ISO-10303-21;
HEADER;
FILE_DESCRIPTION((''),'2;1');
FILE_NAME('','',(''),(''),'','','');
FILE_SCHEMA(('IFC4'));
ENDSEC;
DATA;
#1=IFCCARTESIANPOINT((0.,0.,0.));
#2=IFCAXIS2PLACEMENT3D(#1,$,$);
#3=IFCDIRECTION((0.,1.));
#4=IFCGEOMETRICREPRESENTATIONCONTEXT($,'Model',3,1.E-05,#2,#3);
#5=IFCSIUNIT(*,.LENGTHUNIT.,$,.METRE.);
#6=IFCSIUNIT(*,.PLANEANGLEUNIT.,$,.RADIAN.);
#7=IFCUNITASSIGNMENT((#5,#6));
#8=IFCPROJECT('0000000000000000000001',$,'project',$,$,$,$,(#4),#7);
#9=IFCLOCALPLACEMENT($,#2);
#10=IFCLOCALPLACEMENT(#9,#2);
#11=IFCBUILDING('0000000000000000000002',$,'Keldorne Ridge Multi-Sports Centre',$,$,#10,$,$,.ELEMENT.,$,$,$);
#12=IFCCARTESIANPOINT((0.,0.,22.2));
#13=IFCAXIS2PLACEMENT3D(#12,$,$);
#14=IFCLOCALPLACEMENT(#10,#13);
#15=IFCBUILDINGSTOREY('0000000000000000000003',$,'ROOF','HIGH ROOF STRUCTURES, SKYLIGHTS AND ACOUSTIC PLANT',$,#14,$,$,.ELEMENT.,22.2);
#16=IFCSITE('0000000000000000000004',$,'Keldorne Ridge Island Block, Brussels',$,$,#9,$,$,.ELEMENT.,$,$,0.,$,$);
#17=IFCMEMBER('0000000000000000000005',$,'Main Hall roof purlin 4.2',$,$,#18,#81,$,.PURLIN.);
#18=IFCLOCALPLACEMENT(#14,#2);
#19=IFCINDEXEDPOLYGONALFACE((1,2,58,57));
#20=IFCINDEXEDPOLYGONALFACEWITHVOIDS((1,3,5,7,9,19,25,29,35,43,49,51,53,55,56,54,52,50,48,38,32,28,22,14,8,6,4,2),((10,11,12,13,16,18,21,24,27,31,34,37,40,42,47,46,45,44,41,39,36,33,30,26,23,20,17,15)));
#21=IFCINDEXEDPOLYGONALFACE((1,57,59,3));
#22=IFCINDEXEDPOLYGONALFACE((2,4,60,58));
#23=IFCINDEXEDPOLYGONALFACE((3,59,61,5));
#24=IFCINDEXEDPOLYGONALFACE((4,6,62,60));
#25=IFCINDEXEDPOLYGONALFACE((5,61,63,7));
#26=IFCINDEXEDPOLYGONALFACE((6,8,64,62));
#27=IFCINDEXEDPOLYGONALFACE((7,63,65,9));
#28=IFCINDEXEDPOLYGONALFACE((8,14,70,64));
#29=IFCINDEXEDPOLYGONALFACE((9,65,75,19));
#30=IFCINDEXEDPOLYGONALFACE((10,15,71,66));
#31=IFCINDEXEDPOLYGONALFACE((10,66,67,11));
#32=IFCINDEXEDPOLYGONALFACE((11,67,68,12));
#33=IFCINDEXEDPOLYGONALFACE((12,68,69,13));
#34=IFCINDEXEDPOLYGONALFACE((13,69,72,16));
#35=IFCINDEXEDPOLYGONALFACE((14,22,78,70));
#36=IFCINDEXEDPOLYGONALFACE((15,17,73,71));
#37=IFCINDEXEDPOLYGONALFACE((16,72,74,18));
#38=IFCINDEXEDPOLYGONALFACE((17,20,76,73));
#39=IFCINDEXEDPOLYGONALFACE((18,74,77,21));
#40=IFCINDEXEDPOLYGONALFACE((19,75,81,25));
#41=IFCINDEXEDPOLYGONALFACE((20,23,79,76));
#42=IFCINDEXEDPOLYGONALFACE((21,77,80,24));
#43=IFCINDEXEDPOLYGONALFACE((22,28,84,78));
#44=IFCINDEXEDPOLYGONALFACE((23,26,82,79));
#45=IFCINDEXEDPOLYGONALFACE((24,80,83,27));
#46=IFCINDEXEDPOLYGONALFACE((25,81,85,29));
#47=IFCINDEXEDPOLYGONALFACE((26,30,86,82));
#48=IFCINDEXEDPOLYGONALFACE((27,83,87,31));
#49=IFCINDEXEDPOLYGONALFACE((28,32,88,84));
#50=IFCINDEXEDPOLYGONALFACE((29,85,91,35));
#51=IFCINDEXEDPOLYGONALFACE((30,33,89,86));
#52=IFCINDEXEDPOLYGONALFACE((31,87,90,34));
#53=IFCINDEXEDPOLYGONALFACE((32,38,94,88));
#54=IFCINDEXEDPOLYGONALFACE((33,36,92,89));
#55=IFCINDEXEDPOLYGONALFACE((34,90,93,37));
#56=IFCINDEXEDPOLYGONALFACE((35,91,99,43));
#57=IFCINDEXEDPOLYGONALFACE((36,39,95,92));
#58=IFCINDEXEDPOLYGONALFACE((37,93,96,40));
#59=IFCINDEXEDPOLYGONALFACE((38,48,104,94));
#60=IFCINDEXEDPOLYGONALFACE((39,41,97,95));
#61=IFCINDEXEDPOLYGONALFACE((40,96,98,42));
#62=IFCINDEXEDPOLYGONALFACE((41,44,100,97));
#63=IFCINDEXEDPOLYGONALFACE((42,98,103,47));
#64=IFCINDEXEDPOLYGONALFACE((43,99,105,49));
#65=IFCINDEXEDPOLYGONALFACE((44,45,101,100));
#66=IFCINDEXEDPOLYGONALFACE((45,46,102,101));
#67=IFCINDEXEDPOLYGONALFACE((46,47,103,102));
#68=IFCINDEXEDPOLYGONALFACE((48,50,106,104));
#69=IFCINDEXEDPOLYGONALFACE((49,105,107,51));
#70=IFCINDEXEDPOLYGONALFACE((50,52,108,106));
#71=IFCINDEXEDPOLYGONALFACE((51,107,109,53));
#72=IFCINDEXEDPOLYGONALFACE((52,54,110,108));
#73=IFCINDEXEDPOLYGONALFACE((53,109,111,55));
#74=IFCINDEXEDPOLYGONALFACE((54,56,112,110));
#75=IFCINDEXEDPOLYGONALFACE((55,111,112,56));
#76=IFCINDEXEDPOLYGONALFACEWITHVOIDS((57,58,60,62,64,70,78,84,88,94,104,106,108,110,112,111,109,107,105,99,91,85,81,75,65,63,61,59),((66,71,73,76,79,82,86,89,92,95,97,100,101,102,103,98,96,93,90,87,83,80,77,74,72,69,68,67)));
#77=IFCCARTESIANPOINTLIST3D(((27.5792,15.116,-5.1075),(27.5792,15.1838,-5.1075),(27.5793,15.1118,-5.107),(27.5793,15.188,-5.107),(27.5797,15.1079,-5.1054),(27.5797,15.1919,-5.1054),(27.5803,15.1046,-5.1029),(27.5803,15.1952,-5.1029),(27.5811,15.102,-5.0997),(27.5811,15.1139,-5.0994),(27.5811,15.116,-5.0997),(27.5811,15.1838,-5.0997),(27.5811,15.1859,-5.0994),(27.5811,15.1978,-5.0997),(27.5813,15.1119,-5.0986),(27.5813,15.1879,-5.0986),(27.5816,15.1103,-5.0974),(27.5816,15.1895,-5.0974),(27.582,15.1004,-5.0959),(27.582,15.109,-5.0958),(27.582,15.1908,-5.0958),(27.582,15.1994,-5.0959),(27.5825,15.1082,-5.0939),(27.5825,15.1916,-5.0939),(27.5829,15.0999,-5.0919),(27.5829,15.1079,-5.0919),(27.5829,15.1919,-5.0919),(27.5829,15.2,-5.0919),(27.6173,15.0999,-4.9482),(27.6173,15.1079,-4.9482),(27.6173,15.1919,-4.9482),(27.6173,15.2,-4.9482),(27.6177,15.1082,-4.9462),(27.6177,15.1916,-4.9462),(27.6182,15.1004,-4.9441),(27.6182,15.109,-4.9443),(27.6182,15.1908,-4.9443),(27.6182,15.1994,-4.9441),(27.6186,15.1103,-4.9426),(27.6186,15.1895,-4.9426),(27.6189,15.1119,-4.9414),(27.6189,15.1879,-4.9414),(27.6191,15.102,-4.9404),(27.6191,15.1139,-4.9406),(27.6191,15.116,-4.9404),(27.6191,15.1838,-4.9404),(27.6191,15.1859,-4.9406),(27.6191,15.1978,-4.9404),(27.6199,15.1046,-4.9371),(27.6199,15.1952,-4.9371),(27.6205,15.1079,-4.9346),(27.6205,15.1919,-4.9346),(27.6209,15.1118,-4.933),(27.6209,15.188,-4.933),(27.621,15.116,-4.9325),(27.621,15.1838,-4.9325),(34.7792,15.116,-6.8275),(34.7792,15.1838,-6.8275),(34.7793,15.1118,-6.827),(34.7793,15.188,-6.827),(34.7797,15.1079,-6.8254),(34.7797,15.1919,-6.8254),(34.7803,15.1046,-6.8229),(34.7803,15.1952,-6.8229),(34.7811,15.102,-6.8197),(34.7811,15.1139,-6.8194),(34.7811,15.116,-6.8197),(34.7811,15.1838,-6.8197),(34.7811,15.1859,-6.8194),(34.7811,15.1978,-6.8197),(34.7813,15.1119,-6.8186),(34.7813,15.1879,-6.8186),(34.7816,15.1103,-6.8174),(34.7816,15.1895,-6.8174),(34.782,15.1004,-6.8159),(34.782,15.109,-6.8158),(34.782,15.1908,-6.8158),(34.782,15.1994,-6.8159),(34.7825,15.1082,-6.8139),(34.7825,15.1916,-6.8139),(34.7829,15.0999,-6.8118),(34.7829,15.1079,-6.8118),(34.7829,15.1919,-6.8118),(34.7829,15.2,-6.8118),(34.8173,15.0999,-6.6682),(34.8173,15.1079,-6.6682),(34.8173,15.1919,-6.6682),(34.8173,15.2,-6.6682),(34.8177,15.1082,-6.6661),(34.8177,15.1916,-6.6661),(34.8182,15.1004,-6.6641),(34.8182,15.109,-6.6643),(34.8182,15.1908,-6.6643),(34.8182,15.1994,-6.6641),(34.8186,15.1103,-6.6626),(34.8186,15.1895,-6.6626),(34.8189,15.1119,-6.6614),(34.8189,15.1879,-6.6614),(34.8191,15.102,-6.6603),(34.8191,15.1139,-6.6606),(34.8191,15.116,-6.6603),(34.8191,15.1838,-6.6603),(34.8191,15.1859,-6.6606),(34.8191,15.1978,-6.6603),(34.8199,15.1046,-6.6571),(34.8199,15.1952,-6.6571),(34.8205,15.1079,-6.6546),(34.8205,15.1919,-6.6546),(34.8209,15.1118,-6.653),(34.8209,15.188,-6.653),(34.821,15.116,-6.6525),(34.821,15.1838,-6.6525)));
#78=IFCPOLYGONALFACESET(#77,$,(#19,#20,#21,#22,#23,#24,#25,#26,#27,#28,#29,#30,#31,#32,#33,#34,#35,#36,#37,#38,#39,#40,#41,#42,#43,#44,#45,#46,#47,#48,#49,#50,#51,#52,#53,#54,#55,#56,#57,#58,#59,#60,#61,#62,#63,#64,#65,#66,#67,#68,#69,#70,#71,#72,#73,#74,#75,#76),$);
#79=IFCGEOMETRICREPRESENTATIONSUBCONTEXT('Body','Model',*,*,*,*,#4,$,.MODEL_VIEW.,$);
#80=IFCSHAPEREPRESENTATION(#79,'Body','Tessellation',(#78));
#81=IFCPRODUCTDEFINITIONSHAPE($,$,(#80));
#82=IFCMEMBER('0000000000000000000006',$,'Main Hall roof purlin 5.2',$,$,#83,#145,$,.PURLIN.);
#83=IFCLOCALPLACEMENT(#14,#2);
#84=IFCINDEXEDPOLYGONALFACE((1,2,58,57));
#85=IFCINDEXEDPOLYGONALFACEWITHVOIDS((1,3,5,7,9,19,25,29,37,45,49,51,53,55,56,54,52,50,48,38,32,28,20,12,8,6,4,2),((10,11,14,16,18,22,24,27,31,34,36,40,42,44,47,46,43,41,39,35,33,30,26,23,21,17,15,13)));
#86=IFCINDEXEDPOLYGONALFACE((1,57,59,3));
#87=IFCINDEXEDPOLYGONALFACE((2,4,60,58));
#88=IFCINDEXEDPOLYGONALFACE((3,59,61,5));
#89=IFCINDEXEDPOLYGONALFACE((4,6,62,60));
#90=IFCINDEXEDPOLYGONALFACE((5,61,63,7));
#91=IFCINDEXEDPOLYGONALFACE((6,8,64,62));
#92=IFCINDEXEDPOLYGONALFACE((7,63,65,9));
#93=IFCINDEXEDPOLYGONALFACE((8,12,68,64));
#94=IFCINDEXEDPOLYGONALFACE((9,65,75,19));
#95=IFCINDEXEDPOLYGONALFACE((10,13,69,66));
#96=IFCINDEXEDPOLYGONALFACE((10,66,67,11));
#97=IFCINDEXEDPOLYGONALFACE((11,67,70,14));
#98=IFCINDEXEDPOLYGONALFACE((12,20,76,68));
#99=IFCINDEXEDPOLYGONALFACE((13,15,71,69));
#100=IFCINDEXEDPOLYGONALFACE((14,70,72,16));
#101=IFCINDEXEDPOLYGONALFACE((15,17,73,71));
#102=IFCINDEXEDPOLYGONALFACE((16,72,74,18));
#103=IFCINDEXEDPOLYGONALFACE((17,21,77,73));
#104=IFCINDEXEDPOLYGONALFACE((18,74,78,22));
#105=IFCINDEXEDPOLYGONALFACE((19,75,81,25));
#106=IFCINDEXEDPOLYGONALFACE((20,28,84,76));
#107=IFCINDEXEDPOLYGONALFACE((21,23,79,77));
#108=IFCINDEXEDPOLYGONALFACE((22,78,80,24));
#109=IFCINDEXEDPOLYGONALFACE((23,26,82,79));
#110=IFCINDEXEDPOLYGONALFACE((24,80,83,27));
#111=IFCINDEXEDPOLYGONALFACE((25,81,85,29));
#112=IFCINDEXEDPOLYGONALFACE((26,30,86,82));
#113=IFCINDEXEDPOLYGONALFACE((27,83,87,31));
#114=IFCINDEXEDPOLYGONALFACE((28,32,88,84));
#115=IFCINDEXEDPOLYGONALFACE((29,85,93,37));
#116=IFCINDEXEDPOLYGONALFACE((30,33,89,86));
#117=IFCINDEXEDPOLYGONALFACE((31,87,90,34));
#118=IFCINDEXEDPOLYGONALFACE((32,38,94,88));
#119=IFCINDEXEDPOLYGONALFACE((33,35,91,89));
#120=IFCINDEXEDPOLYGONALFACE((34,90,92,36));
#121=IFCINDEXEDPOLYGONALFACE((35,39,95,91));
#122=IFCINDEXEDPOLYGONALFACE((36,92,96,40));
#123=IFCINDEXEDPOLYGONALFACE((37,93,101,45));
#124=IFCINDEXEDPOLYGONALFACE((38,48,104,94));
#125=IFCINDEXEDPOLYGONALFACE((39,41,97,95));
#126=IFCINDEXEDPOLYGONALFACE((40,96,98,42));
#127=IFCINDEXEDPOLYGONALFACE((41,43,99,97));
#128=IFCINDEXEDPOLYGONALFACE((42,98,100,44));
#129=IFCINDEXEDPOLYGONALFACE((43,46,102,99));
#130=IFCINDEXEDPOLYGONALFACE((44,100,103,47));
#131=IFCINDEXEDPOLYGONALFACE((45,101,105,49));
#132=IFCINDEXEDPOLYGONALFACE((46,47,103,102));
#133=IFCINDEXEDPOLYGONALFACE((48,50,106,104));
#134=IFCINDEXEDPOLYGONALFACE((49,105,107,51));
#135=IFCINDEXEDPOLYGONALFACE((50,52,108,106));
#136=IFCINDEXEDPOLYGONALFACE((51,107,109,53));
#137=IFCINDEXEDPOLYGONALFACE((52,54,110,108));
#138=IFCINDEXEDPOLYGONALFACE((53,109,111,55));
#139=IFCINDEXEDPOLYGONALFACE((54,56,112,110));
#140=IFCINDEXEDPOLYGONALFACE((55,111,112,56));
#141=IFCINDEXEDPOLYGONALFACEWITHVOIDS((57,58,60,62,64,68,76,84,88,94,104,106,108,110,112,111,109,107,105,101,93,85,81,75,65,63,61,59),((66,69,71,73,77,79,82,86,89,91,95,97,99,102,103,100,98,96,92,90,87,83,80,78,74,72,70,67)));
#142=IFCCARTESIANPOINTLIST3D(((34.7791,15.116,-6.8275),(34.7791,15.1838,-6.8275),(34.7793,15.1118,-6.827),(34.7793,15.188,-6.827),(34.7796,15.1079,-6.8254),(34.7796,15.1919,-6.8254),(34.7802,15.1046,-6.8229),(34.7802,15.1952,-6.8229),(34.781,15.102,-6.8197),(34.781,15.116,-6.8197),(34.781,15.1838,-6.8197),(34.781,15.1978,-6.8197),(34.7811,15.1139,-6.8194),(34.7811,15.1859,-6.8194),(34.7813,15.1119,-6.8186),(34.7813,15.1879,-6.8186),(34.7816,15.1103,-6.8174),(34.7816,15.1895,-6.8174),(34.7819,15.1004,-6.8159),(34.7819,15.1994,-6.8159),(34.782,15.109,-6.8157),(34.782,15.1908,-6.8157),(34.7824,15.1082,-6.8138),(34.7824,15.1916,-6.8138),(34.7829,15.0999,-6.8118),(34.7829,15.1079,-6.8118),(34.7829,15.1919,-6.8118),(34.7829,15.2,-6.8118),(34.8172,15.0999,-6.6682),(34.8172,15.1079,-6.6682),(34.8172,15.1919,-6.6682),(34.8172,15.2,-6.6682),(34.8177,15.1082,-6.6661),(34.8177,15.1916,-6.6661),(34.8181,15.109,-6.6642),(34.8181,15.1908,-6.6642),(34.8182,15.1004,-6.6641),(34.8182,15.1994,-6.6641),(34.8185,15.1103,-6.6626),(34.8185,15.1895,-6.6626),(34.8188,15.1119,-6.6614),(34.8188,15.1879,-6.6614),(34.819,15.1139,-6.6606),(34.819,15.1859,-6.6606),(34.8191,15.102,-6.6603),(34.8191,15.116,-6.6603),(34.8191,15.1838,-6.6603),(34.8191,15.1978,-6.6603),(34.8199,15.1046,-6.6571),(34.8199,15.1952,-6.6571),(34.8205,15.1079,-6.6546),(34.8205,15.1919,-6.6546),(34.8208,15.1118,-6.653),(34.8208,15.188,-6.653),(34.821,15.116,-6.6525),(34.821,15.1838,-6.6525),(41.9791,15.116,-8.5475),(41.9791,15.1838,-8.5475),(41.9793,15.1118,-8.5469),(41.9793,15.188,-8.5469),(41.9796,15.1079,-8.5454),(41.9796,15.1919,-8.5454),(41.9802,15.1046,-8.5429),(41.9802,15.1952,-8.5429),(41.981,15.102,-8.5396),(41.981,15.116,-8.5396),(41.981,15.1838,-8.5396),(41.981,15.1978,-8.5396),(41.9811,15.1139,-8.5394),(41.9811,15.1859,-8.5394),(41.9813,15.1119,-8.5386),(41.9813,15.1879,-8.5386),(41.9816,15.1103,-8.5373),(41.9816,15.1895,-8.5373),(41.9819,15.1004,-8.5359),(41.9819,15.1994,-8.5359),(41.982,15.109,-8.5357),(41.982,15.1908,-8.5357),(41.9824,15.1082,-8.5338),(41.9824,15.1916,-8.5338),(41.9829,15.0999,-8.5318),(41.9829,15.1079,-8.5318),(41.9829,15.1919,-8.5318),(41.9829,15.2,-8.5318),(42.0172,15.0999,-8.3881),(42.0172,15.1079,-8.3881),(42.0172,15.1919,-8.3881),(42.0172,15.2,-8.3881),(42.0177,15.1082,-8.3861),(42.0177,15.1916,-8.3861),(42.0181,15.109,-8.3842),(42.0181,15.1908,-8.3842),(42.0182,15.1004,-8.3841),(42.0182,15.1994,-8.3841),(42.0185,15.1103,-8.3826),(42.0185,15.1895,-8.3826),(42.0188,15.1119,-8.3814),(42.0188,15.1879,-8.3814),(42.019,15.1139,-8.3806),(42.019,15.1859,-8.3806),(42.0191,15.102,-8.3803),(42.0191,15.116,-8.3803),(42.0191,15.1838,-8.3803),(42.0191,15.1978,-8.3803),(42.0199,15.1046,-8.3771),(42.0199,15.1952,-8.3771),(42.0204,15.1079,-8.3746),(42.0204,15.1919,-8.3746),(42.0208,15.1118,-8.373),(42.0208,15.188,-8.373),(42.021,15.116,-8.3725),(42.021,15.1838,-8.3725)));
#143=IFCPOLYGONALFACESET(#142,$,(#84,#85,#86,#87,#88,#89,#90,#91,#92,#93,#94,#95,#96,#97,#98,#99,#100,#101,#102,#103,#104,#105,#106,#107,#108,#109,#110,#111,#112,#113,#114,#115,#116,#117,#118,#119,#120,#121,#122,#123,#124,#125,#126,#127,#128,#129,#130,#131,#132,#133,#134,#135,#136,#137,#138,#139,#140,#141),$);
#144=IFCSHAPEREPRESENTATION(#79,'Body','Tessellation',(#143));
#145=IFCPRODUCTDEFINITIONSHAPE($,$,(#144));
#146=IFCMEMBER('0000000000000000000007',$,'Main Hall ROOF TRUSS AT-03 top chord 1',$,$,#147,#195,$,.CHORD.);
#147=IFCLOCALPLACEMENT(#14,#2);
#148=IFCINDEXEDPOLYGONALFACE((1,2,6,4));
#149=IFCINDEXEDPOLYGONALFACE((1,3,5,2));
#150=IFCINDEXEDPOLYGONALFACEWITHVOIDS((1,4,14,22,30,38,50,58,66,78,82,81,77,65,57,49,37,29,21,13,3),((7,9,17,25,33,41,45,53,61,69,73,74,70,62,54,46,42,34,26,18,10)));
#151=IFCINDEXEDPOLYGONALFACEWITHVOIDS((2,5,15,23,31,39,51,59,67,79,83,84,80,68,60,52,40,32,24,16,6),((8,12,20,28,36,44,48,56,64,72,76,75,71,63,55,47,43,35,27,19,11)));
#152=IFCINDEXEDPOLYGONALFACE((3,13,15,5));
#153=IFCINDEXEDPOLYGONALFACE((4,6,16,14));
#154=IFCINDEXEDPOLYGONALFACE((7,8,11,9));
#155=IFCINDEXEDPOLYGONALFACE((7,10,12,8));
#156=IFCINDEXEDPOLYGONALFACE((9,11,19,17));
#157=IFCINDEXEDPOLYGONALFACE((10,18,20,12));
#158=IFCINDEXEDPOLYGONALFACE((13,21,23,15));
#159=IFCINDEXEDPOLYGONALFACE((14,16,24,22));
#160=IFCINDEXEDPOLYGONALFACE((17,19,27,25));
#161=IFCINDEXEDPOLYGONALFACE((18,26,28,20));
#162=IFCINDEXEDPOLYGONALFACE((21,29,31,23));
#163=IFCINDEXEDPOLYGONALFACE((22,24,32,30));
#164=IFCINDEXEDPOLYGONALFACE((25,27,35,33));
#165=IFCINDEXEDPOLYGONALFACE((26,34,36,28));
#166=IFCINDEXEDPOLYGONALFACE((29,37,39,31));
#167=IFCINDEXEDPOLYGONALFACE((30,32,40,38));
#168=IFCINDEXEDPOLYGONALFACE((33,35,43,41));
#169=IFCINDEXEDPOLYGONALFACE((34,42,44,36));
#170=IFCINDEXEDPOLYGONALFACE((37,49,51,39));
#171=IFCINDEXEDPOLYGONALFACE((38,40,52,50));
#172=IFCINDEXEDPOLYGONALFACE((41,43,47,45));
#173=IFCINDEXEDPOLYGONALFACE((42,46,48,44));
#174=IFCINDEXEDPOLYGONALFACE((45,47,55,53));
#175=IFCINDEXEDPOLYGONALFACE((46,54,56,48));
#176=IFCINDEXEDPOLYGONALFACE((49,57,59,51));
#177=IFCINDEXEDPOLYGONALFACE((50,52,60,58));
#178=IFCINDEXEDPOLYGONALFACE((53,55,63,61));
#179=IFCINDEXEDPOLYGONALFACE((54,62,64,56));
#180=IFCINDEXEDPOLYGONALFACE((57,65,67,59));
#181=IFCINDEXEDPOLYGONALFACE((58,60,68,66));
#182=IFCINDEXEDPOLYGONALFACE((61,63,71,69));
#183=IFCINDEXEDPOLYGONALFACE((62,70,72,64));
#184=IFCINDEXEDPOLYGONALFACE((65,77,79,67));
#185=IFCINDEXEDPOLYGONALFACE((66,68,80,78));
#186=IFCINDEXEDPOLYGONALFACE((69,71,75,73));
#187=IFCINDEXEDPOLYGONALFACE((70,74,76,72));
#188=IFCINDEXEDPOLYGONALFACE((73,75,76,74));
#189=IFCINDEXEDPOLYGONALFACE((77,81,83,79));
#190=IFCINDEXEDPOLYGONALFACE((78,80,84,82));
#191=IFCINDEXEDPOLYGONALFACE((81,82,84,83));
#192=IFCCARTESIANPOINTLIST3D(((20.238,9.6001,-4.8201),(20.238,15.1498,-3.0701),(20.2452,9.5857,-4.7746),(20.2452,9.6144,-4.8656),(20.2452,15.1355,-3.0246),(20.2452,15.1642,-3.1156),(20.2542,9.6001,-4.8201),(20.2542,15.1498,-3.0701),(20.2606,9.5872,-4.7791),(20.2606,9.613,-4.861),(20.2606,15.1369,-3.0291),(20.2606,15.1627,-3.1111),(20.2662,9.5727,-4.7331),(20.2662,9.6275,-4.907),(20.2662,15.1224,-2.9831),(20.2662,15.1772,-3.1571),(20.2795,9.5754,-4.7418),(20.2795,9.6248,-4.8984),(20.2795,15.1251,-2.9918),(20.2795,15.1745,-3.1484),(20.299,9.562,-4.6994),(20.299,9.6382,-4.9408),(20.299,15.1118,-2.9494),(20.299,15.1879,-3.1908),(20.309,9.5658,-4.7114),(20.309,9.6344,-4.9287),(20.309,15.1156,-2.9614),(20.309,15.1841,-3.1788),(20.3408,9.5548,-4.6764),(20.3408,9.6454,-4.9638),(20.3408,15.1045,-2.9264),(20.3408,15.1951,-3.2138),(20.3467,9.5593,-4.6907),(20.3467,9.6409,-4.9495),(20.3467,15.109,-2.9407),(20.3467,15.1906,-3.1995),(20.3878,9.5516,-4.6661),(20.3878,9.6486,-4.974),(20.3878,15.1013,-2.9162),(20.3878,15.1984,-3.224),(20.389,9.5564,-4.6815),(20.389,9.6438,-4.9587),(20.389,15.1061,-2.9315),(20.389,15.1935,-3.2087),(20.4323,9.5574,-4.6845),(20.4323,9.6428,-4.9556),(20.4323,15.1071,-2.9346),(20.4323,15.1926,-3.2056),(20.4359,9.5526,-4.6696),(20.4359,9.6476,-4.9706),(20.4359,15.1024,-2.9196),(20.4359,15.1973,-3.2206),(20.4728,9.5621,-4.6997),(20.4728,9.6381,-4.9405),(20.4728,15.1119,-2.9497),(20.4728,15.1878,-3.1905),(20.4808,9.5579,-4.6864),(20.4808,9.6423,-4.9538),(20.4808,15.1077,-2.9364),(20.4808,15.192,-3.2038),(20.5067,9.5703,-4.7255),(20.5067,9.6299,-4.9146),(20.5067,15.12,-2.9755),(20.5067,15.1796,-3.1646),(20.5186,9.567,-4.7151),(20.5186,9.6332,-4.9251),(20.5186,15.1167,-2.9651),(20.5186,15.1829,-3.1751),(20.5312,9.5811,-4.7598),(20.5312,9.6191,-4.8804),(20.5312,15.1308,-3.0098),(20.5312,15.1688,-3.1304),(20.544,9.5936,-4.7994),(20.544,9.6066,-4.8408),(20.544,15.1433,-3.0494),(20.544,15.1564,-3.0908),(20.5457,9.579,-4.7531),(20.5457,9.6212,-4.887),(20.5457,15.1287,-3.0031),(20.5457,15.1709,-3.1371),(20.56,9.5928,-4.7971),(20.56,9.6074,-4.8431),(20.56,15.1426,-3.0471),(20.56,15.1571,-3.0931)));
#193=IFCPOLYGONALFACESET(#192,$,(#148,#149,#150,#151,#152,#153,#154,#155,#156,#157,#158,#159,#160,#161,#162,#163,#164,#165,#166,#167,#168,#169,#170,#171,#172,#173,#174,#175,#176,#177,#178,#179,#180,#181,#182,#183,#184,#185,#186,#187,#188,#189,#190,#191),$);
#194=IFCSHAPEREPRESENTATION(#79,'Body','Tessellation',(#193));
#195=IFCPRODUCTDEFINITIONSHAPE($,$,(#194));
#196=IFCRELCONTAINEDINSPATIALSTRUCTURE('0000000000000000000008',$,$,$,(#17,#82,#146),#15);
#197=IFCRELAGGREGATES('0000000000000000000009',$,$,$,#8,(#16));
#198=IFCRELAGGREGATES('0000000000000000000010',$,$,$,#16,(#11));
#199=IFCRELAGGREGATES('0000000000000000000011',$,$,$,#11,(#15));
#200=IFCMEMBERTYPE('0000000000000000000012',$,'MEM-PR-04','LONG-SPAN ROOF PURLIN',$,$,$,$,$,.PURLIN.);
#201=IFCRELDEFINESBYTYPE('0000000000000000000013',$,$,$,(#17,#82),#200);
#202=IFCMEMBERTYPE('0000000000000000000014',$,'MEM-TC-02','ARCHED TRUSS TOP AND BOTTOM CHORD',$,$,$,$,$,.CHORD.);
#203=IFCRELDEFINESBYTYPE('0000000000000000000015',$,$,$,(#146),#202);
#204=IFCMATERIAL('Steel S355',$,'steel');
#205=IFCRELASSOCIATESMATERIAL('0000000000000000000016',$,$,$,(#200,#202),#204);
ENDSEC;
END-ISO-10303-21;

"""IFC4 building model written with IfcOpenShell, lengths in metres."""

from ifc_helpers import new_model, si_unit, direction, frame, origin, origin_2d, place, context, subcontext, project, spatial, hollow_rectangle, hollow_circle, extrude, material, material_profile, profile_set, type_object, element, save


model = new_model("IFC4")

# Units and contexts
model_context = context("Model", 3, precision=1e-05, world=origin(), true_north=direction((0.0, 1.0)))
body_context = subcontext(model_context, "Body", "Model", "MODEL_VIEW")
ifc_project = project(units=[si_unit("LENGTHUNIT", "METRE"), si_unit("PLANEANGLEUNIT", "RADIAN")], contexts=[model_context])

# Site, building, storey
site_placement = place(None, origin())
site = spatial("IfcSite", under=ifc_project, at=site_placement, Name="Keldorne Ridge Island Block, Brussels", CompositionType="ELEMENT", RefElevation=0.0)
building_placement = place(site_placement, origin())
building = spatial("IfcBuilding", under=site, at=building_placement, Name="Keldorne Ridge Multi-Sports Centre", CompositionType="ELEMENT")
storey_placement = place(building_placement, frame((0.0, 0.0, 22.2)))
storey = spatial("IfcBuildingStorey", under=building, at=storey_placement, Name="ROOF", Description="HIGH ROOF STRUCTURES, SKYLIGHTS AND ACOUSTIC PLANT", CompositionType="ELEMENT", Elevation=22.2)

# Members
ifc_material = material(Name="Steel S355", Category="steel")
ifc_material_profile_1 = material_profile(ifc_material, hollow_rectangle(XDim=0.1001, YDim=0.1799, WallThickness=0.0081, InnerFilletRadius=0.0081, OuterFilletRadius=0.0161, at=origin_2d()), Name="RHS 180x100x8")
ifc_profile_set_1 = profile_set([ifc_material_profile_1], Name="Steel S355")
member_type_1 = type_object("IfcMemberType", Name="MEM-PR-04", Description="LONG-SPAN ROOF PURLIN", PredefinedType="PURLIN", material=ifc_profile_set_1)
for number, where, z_axis, x_axis, name in (
    (1, (27.6001, 15.1499, -5.02), (0.972633, 0.0, -0.232349), (0.0, 1.0, 0.0), "Main Hall roof purlin 4.2"),
    (2, (34.8, 15.1499, -6.74), (0.972633, 0.0, -0.232349), (0.0, 1.0, 0.0), "Main Hall roof purlin 5.2"),
):
    element("IfcMember", number, at=place(storey_placement, frame(where, z_axis=z_axis, x_axis=x_axis)), inside=storey, type_object=member_type_1, Name=name, PredefinedType="PURLIN", context=body_context, shape_type="SweptSolid", body=[
        extrude(hollow_rectangle(XDim=0.1001, YDim=0.1799, WallThickness=0.0081, InnerFilletRadius=0.0081, OuterFilletRadius=0.0161, at=origin_2d()), origin(), (0.0, 0.0, 1.0), 7.4026),
    ])
ifc_material_profile_2 = material_profile(ifc_material, hollow_circle(Radius=0.1619, WallThickness=0.0161, at=origin_2d()), Name="CHS 323.9x16")
ifc_profile_set_2 = profile_set([ifc_material_profile_2], Name="Steel S355")
member_type_2 = type_object("IfcMemberType", Name="MEM-TC-02", Description="ARCHED TRUSS TOP AND BOTTOM CHORD", PredefinedType="CHORD", material=ifc_profile_set_2)
member_1_placement = place(storey_placement, frame((20.3999, 9.6001, -4.8201), z_axis=(0.0, 0.953709, 0.30073), x_axis=(-1.0, 0.0, 0.0)))
element("IfcMember", 3, at=member_1_placement, inside=storey, type_object=member_type_2, Name="Main Hall ROOF TRUSS AT-03 top chord 1", PredefinedType="CHORD", context=body_context, shape_type="SweptSolid", body=[
    extrude(hollow_circle(Radius=0.1619, WallThickness=0.0161, at=origin_2d()), origin(), (0.0, 0.0, 1.0), 5.8191),
])

save(model, "model.ifc")
